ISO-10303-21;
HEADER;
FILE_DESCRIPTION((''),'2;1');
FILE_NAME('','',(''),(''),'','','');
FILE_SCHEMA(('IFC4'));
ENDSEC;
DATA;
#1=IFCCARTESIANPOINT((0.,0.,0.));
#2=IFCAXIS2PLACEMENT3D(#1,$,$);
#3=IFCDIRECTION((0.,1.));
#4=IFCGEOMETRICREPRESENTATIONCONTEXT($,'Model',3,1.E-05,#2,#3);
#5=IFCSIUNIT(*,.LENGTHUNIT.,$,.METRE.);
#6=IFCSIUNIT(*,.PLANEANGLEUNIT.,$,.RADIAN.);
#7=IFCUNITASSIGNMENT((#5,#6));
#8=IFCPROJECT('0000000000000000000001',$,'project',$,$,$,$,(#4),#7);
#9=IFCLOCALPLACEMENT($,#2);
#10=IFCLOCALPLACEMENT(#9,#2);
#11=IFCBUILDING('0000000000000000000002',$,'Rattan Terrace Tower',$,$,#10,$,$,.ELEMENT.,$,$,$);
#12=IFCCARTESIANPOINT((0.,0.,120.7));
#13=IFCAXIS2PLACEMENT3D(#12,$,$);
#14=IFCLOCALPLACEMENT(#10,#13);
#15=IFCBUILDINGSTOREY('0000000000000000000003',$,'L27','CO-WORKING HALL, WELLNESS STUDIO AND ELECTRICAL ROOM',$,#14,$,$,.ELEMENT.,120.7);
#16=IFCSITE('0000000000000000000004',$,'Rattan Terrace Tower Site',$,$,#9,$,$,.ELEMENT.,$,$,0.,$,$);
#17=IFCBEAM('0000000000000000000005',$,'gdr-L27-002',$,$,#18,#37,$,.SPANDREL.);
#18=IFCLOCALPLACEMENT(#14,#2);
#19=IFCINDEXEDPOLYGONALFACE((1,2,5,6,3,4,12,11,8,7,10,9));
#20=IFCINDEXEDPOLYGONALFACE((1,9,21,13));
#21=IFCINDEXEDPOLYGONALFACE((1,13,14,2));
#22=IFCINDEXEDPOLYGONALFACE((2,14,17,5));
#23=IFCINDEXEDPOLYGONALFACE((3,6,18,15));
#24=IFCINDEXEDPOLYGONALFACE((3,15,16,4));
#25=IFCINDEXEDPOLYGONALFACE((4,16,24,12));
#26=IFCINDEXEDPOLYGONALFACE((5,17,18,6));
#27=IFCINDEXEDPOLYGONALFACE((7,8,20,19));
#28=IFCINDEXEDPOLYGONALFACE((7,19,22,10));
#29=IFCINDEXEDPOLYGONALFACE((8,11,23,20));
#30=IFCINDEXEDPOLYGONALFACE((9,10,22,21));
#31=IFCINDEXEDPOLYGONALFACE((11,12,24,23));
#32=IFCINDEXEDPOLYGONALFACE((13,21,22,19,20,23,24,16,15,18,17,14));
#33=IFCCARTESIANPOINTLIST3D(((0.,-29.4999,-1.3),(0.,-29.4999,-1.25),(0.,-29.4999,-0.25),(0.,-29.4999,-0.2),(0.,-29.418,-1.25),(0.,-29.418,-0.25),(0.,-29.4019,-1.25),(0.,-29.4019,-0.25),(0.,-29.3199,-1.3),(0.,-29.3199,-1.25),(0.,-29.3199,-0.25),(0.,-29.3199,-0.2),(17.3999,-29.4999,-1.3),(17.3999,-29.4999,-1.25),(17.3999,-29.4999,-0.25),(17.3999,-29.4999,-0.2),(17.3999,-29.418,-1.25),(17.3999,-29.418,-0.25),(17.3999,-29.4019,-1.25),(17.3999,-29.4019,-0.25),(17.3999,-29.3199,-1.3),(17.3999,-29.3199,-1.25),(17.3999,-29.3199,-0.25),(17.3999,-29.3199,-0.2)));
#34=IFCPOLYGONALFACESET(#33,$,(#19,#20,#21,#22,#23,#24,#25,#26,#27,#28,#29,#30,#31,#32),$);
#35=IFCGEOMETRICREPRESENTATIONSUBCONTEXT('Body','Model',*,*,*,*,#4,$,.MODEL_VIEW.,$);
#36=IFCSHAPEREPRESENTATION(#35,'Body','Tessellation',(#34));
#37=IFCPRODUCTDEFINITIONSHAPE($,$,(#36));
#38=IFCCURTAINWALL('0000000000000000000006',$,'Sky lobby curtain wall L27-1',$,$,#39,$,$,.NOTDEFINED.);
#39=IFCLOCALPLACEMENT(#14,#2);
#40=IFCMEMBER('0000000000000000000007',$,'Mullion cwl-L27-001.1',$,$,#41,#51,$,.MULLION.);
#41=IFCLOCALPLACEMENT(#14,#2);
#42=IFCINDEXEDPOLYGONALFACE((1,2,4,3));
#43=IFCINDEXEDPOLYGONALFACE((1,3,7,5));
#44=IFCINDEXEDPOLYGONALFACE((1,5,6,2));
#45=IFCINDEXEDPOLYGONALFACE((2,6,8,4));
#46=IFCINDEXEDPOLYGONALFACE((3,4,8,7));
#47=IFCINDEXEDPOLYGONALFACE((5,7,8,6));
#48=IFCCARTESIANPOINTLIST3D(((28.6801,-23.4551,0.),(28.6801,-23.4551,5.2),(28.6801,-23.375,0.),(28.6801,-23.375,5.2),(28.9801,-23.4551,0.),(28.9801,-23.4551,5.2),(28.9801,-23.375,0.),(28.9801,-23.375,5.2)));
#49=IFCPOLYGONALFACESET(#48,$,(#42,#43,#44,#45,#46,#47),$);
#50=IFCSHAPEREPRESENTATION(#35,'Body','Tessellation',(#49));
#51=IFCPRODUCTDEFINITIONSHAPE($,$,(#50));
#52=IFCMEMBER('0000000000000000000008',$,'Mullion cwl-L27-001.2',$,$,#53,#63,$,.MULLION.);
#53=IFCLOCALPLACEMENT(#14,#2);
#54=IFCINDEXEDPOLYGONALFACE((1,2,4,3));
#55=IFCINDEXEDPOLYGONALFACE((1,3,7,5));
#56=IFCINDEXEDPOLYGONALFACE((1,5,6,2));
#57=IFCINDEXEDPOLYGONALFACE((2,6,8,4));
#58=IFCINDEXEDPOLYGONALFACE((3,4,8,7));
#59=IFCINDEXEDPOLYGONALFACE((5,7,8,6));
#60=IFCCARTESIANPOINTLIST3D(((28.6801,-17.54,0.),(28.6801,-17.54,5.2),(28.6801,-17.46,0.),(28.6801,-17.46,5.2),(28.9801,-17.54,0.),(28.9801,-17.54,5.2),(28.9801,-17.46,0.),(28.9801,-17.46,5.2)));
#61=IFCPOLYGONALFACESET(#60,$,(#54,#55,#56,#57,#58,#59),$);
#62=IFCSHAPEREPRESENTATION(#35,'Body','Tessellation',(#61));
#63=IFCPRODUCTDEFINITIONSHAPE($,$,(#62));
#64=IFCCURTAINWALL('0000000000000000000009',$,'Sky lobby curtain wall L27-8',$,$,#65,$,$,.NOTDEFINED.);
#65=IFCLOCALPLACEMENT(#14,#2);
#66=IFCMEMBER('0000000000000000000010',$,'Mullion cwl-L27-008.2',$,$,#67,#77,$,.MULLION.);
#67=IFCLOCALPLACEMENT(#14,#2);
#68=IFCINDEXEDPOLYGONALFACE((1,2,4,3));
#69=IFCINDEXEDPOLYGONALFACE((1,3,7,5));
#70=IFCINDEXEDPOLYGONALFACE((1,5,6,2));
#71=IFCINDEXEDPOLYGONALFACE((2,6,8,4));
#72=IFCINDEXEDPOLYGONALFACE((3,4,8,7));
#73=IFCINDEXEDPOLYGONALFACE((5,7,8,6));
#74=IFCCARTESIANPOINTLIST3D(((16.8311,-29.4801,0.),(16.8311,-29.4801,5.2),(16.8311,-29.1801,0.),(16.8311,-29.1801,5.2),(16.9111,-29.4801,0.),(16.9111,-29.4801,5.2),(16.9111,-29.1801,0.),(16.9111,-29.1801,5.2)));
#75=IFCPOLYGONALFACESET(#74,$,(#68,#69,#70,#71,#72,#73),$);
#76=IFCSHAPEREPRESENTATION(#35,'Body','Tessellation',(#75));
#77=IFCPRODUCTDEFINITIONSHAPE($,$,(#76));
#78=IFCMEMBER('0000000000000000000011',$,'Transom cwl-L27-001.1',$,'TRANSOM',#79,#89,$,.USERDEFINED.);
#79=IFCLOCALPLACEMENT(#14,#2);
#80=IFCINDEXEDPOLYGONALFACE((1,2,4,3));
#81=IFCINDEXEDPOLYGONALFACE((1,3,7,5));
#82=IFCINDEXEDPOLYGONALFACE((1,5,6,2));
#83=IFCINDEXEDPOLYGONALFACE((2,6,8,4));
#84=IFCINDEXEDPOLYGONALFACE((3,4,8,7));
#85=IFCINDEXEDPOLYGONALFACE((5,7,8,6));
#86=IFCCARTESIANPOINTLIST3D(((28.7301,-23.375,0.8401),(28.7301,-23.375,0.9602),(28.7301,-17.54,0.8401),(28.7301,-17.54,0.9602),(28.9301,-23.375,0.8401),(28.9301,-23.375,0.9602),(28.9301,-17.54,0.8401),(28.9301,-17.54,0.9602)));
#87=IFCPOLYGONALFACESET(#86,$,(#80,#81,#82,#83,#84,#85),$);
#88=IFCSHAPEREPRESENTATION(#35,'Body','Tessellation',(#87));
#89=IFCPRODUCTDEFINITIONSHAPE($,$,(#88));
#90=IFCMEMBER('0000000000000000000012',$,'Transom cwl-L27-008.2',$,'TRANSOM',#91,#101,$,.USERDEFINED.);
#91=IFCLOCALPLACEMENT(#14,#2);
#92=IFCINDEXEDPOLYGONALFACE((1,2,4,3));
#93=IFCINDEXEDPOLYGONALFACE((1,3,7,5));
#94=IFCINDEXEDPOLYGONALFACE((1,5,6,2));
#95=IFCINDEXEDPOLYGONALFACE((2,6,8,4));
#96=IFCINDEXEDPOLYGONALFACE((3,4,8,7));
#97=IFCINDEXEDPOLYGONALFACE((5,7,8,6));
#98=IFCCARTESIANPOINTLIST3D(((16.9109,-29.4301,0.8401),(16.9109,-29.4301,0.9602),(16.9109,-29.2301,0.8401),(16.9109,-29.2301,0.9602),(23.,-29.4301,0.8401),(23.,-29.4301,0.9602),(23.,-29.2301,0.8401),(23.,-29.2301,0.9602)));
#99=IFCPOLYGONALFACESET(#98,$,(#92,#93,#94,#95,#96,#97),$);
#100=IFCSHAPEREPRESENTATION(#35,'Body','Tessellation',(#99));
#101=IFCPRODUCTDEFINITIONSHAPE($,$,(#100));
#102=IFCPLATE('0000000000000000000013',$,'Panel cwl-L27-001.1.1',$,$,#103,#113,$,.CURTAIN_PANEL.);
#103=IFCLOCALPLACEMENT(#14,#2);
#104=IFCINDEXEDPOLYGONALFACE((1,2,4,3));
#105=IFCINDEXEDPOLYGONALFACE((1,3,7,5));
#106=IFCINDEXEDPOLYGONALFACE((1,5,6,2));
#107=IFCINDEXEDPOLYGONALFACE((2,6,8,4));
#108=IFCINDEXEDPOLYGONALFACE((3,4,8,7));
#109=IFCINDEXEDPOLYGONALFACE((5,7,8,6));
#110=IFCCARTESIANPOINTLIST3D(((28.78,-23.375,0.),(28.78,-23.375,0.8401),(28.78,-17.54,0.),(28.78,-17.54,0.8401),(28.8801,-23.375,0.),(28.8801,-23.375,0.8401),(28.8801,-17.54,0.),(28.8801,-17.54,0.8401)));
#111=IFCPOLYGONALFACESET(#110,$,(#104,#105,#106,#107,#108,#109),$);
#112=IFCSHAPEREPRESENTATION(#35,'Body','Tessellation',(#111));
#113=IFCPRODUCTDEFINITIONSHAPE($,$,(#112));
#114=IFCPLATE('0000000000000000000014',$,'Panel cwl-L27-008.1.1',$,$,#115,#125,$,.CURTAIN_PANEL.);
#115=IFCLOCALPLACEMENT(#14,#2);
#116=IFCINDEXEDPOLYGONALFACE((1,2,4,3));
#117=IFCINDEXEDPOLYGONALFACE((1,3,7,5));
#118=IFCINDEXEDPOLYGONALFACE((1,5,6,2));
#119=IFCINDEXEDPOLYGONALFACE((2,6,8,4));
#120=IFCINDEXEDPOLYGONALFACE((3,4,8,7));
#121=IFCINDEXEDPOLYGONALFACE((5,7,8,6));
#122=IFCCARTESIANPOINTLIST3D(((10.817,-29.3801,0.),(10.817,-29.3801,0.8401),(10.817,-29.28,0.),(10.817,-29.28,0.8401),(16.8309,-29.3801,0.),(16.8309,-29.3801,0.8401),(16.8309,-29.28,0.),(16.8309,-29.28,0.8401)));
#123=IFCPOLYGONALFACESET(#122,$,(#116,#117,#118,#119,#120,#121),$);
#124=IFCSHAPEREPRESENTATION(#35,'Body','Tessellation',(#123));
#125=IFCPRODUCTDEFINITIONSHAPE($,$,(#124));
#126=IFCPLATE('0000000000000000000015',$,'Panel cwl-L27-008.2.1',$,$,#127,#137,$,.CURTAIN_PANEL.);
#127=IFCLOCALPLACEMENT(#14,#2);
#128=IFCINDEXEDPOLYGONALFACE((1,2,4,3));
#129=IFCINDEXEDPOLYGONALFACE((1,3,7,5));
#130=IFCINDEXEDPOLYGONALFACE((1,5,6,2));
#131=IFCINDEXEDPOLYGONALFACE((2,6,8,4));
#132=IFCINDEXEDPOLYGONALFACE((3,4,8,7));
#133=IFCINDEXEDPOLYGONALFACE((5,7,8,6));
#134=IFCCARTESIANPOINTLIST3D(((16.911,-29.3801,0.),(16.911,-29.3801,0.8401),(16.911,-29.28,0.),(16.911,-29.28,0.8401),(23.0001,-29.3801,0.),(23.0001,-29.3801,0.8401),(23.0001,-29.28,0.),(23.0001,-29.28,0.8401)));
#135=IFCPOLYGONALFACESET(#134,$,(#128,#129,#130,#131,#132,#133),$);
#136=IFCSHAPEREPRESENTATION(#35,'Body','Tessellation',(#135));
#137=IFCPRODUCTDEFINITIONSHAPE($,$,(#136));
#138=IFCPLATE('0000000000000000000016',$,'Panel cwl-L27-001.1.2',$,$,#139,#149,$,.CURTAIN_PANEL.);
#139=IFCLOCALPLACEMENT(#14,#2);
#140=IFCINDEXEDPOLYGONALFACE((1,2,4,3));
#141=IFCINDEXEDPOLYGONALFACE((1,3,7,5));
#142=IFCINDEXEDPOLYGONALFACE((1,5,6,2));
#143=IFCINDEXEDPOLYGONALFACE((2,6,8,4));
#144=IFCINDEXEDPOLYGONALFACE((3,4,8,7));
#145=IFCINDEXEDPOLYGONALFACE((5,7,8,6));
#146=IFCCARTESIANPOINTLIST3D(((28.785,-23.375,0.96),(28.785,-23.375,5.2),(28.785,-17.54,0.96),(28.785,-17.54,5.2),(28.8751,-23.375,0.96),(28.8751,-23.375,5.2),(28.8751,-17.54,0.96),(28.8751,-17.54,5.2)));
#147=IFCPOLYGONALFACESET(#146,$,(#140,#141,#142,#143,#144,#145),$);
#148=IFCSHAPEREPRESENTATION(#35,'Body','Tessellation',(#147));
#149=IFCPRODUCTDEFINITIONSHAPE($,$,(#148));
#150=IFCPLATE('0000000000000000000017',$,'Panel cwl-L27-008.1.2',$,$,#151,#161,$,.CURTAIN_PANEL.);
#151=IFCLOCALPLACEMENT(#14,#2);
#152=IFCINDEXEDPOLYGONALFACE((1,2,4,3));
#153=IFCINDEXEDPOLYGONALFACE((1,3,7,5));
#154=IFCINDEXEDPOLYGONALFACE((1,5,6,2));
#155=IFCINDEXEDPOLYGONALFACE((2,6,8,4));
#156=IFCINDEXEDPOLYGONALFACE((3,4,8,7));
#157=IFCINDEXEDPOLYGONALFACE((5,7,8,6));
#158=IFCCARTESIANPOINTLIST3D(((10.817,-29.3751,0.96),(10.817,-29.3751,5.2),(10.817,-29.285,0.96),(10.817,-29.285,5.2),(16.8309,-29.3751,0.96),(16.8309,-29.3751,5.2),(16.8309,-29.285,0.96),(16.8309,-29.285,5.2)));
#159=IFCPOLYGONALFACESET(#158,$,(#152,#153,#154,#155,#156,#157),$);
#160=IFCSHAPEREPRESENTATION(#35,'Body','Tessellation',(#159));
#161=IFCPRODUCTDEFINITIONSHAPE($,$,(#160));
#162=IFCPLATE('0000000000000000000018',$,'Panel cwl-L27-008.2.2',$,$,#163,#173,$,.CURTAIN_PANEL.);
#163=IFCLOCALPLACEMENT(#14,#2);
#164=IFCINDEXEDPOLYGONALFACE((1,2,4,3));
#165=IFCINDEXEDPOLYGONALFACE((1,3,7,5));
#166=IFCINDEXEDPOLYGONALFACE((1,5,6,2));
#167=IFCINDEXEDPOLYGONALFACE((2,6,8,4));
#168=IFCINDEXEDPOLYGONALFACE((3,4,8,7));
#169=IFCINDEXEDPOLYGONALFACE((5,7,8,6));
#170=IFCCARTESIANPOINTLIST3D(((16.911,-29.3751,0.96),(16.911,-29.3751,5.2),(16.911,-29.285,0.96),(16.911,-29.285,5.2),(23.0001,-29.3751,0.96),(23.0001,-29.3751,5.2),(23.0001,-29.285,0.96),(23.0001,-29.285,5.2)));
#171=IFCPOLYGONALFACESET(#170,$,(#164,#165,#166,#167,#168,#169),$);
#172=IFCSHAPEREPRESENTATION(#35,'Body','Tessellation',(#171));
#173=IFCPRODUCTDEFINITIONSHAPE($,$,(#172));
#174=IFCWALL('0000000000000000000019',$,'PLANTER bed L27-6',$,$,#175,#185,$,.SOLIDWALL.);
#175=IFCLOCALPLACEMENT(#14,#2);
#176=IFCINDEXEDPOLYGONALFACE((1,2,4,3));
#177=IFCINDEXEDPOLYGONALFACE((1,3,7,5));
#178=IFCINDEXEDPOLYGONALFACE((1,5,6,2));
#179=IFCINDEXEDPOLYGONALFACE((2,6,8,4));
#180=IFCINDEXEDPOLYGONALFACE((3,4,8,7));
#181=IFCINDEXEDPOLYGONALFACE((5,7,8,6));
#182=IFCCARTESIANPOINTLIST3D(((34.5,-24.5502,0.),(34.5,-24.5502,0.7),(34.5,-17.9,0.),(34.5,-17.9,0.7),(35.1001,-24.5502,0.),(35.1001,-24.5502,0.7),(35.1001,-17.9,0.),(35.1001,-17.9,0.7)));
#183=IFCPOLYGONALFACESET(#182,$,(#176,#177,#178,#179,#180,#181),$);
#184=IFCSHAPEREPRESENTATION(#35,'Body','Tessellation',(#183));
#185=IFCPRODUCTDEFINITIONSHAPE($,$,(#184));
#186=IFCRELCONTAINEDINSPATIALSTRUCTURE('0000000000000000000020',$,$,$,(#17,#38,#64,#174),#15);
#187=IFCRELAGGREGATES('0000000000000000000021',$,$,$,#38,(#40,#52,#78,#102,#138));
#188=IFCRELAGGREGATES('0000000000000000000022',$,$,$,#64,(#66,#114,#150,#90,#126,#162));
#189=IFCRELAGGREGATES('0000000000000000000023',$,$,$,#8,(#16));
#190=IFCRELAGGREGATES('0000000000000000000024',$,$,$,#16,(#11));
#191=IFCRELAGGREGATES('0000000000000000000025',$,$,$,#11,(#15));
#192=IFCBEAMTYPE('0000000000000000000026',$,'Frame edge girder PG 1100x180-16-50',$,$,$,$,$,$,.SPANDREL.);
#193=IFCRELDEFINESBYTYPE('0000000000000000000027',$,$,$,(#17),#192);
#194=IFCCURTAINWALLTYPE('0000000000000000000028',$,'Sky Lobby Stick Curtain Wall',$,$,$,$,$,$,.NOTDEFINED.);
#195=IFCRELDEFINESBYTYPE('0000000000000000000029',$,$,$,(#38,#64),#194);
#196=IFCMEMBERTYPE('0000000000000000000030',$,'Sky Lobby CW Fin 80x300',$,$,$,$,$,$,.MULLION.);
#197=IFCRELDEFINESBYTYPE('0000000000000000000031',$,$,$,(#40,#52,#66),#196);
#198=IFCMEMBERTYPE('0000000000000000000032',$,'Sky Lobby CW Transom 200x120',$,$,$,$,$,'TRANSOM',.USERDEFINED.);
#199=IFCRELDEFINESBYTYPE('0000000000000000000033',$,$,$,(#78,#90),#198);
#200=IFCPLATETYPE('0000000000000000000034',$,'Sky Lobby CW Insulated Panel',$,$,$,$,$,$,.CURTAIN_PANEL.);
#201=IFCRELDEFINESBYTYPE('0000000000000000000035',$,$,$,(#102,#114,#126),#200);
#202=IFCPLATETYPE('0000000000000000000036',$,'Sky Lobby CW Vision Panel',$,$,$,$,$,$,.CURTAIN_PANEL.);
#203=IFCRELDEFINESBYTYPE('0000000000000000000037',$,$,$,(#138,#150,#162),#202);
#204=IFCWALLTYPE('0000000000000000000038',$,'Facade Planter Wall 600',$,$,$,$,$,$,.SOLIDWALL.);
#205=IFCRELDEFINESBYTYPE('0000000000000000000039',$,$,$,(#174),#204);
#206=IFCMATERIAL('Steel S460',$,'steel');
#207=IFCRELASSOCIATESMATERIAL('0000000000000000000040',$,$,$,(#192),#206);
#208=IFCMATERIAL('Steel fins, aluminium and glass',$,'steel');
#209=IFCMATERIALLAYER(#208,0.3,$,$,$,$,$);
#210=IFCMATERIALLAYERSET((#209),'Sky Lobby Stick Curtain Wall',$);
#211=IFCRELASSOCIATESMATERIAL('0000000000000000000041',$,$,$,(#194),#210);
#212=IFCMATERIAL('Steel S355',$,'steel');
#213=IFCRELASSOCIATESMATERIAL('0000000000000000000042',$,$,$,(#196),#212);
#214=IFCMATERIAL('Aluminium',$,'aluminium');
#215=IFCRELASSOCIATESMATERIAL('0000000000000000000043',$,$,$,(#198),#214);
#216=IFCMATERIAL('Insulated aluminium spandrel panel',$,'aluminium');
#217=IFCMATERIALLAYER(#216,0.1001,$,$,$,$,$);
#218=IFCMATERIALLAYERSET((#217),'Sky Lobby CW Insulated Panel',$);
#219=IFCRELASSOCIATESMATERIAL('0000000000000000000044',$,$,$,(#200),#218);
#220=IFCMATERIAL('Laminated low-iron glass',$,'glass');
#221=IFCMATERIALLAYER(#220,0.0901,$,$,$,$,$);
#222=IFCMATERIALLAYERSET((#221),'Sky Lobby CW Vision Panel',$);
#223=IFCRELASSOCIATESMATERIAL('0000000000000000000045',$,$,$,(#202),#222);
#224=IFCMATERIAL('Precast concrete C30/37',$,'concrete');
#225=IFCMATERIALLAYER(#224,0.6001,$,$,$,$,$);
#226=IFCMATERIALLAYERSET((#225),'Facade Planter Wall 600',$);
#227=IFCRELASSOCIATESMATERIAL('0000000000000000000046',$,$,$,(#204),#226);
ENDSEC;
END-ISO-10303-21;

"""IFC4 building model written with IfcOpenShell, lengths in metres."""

from ifc_helpers import new_model, si_unit, direction, frame, frame_2d, origin, origin_2d, place, context, subcontext, project, spatial, rectangle, i_section, extrude, material, layer, layer_set, material_profile, profile_set, type_object, element, aggregate, save


model = new_model("IFC4")

# Units and contexts
model_context = context("Model", 3, precision=1e-05, world=origin(), true_north=direction((0.0, 1.0)))
body_context = subcontext(model_context, "Body", "Model", "MODEL_VIEW")
ifc_project = project(units=[si_unit("LENGTHUNIT", "METRE"), si_unit("PLANEANGLEUNIT", "RADIAN")], contexts=[model_context])

# Site, building, storey
site_placement = place(None, origin())
site = spatial("IfcSite", under=ifc_project, at=site_placement, Name="Rattan Terrace Tower Site", CompositionType="ELEMENT", RefElevation=0.0)
building_placement = place(site_placement, origin())
building = spatial("IfcBuilding", under=site, at=building_placement, Name="Rattan Terrace Tower", CompositionType="ELEMENT")
storey_placement = place(building_placement, frame((0.0, 0.0, 120.7)))
storey = spatial("IfcBuildingStorey", under=building, at=storey_placement, Name="L27", Description="CO-WORKING HALL, WELLNESS STUDIO AND ELECTRICAL ROOM", CompositionType="ELEMENT", Elevation=120.7)

# Beam
ifc_material_1 = material(Name="Steel S460", Category="steel")
ifc_material_profile_1 = material_profile(ifc_material_1, i_section(OverallWidth=0.1799, OverallDepth=1.1001, WebThickness=0.0161, FlangeThickness=0.05, at=origin_2d()), Name="PG 1100x180-16-50")
ifc_profile_set_1 = profile_set([ifc_material_profile_1], Name="Steel S460")
beam_type = type_object("IfcBeamType", Name="Frame edge girder PG 1100x180-16-50", PredefinedType="SPANDREL", material=ifc_profile_set_1)
beam_placement = place(storey_placement, frame((17.3999, -29.4099, -0.75), z_axis=(-1.0, 0.0, 0.0), x_axis=(0.0, -1.0, 0.0)))
element("IfcBeam", 1, at=beam_placement, inside=storey, type_object=beam_type, Name="gdr-L27-002", PredefinedType="SPANDREL", context=body_context, shape_type="SweptSolid", body=[
    extrude(i_section(OverallWidth=0.1799, OverallDepth=1.1001, WebThickness=0.0161, FlangeThickness=0.05, at=origin_2d()), origin(), (0.0, 0.0, 1.0), 17.3999),
])

# Curtain wall, members
ifc_material_2 = material(Name="Steel fins, aluminium and glass", Category="steel")
ifc_layer_1 = layer(ifc_material_2, 0.3)
ifc_layer_set_1 = layer_set([ifc_layer_1], Name="Sky Lobby Stick Curtain Wall")
curtain_wall_type = type_object("IfcCurtainWallType", Name="Sky Lobby Stick Curtain Wall", PredefinedType="NOTDEFINED", material=ifc_layer_set_1)
curtain_wall_1_placement = place(storey_placement, origin())
curtain_wall_1 = element("IfcCurtainWall", 2, at=curtain_wall_1_placement, inside=storey, type_object=curtain_wall_type, Name="Sky lobby curtain wall L27-1", PredefinedType="NOTDEFINED")
ifc_material_3 = material(Name="Steel S355", Category="steel")
ifc_material_profile_2 = material_profile(ifc_material_3, rectangle(XDim=0.0801, YDim=0.3, at=origin_2d()), Name="Steel S355 80x300")
ifc_profile_set_2 = profile_set([ifc_material_profile_2], Name="Steel S355")
member_type_1 = type_object("IfcMemberType", Name="Sky Lobby CW Fin 80x300", PredefinedType="MULLION", material=ifc_profile_set_2)
member_1_placement = place(storey_placement, frame((28.8301, -23.415, 0.0), z_axis=(0.0, 0.0, 1.0), x_axis=(0.0, 1.0, 0.0)))
member_1 = element("IfcMember", 3, at=member_1_placement, type_object=member_type_1, Name="Mullion cwl-L27-001.1", PredefinedType="MULLION", context=body_context, shape_type="SweptSolid", body=[
    extrude(rectangle(XDim=0.0801, YDim=0.3, at=origin_2d()), origin(), (0.0, 0.0, 1.0), 5.2),
])
member_2_placement = place(storey_placement, frame((28.8301, -17.5, 0.0), z_axis=(0.0, 0.0, 1.0), x_axis=(0.0, 1.0, 0.0)))
member_2 = element("IfcMember", 4, at=member_2_placement, type_object=member_type_1, Name="Mullion cwl-L27-001.2", PredefinedType="MULLION", context=body_context, shape_type="SweptSolid", body=[
    extrude(rectangle(XDim=0.0801, YDim=0.3, at=origin_2d()), origin(), (0.0, 0.0, 1.0), 5.2),
])

# Curtain wall, member
curtain_wall_2_placement = place(storey_placement, origin())
curtain_wall_2 = element("IfcCurtainWall", 5, at=curtain_wall_2_placement, inside=storey, type_object=curtain_wall_type, Name="Sky lobby curtain wall L27-8", PredefinedType="NOTDEFINED")
member_3_placement = place(storey_placement, frame((16.8711, -29.3301, 0.0), z_axis=(0.0, 0.0, 1.0), x_axis=(1.0, 0.0, 0.0)))
member_3 = element("IfcMember", 6, at=member_3_placement, type_object=member_type_1, Name="Mullion cwl-L27-008.2", PredefinedType="MULLION", context=body_context, shape_type="SweptSolid", body=[
    extrude(rectangle(XDim=0.0801, YDim=0.3, at=origin_2d()), origin(), (0.0, 0.0, 1.0), 5.2),
])

# Members
ifc_material_4 = material(Name="Aluminium", Category="aluminium")
ifc_material_profile_3 = material_profile(ifc_material_4, rectangle(XDim=0.2, YDim=0.1201, at=origin_2d()), Name="Aluminium 200x120")
ifc_profile_set_3 = profile_set([ifc_material_profile_3], Name="Aluminium")
member_type_2 = type_object("IfcMemberType", Name="Sky Lobby CW Transom 200x120", ElementType="TRANSOM", PredefinedType="USERDEFINED", material=ifc_profile_set_3)
member_4_placement = place(storey_placement, frame((28.8301, -23.375, 0.9001), z_axis=(0.0, 1.0, 0.0), x_axis=(-1.0, 0.0, 0.0)))
member_4 = element("IfcMember", 7, at=member_4_placement, type_object=member_type_2, Name="Transom cwl-L27-001.1", ObjectType="TRANSOM", PredefinedType="USERDEFINED", context=body_context, shape_type="SweptSolid", body=[
    extrude(rectangle(XDim=0.2, YDim=0.1201, at=origin_2d()), origin(), (0.0, 0.0, 1.0), 5.835),
])
member_5_placement = place(storey_placement, frame((16.9109, -29.3301, 0.9001), z_axis=(1.0, 0.0, 0.0), x_axis=(0.0, 1.0, 0.0)))
member_5 = element("IfcMember", 8, at=member_5_placement, type_object=member_type_2, Name="Transom cwl-L27-008.2", ObjectType="TRANSOM", PredefinedType="USERDEFINED", context=body_context, shape_type="SweptSolid", body=[
    extrude(rectangle(XDim=0.2, YDim=0.1201, at=origin_2d()), origin(), (0.0, 0.0, 1.0), 6.0891),
])

# Plates
ifc_material_5 = material(Name="Insulated aluminium spandrel panel", Category="aluminium")
ifc_layer_2 = layer(ifc_material_5, 0.1001)
ifc_layer_set_2 = layer_set([ifc_layer_2], Name="Sky Lobby CW Insulated Panel")
plate_type_1 = type_object("IfcPlateType", Name="Sky Lobby CW Insulated Panel", PredefinedType="CURTAIN_PANEL", material=ifc_layer_set_2)
plate_1_placement = place(storey_placement, frame((28.8301, -20.4575, 0.0), z_axis=(0.0, 0.0, 1.0), x_axis=(0.0, 1.0, 0.0)))
plate_1 = element("IfcPlate", 9, at=plate_1_placement, type_object=plate_type_1, Name="Panel cwl-L27-001.1.1", PredefinedType="CURTAIN_PANEL", context=body_context, shape_type="SweptSolid", body=[
    extrude(rectangle(XDim=5.835, YDim=0.1001, at=origin_2d()), origin(), (0.0, 0.0, 1.0), 0.8401),
])
plate_2_placement = place(storey_placement, frame((13.824, -29.3301, 0.0), z_axis=(0.0, 0.0, 1.0), x_axis=(1.0, 0.0, 0.0)))
plate_2 = element("IfcPlate", 10, at=plate_2_placement, type_object=plate_type_1, Name="Panel cwl-L27-008.1.1", PredefinedType="CURTAIN_PANEL", context=body_context, shape_type="SweptSolid", body=[
    extrude(rectangle(XDim=6.0139, YDim=0.1001, at=origin_2d()), origin(), (0.0, 0.0, 1.0), 0.8401),
])
plate_3_placement = place(storey_placement, frame((19.9556, -29.3301, 0.0), z_axis=(0.0, 0.0, 1.0), x_axis=(1.0, 0.0, 0.0)))
plate_3 = element("IfcPlate", 11, at=plate_3_placement, type_object=plate_type_1, Name="Panel cwl-L27-008.2.1", PredefinedType="CURTAIN_PANEL", context=body_context, shape_type="SweptSolid", body=[
    extrude(rectangle(XDim=6.0891, YDim=0.1001, at=origin_2d()), origin(), (0.0, 0.0, 1.0), 0.8401),
])
ifc_material_6 = material(Name="Laminated low-iron glass", Category="glass")
ifc_layer_3 = layer(ifc_material_6, 0.0901)
ifc_layer_set_3 = layer_set([ifc_layer_3], Name="Sky Lobby CW Vision Panel")
plate_type_2 = type_object("IfcPlateType", Name="Sky Lobby CW Vision Panel", PredefinedType="CURTAIN_PANEL", material=ifc_layer_set_3)
plate_4_placement = place(storey_placement, frame((28.8301, -20.4575, 0.96), z_axis=(0.0, 0.0, 1.0), x_axis=(0.0, 1.0, 0.0)))
plate_4 = element("IfcPlate", 12, at=plate_4_placement, type_object=plate_type_2, Name="Panel cwl-L27-001.1.2", PredefinedType="CURTAIN_PANEL", context=body_context, shape_type="SweptSolid", body=[
    extrude(rectangle(XDim=5.835, YDim=0.0901, at=origin_2d()), origin(), (0.0, 0.0, 1.0), 4.24),
])
aggregate(curtain_wall_1, [member_1, member_2, member_4, plate_1, plate_4])
plate_5_placement = place(storey_placement, frame((13.824, -29.3301, 0.96), z_axis=(0.0, 0.0, 1.0), x_axis=(1.0, 0.0, 0.0)))
plate_5 = element("IfcPlate", 13, at=plate_5_placement, type_object=plate_type_2, Name="Panel cwl-L27-008.1.2", PredefinedType="CURTAIN_PANEL", context=body_context, shape_type="SweptSolid", body=[
    extrude(rectangle(XDim=6.0139, YDim=0.0901, at=origin_2d()), origin(), (0.0, 0.0, 1.0), 4.24),
])
plate_6_placement = place(storey_placement, frame((19.9556, -29.3301, 0.96), z_axis=(0.0, 0.0, 1.0), x_axis=(1.0, 0.0, 0.0)))
plate_6 = element("IfcPlate", 14, at=plate_6_placement, type_object=plate_type_2, Name="Panel cwl-L27-008.2.2", PredefinedType="CURTAIN_PANEL", context=body_context, shape_type="SweptSolid", body=[
    extrude(rectangle(XDim=6.0891, YDim=0.0901, at=origin_2d()), origin(), (0.0, 0.0, 1.0), 4.24),
])
aggregate(curtain_wall_2, [member_3, plate_2, plate_5, member_5, plate_3, plate_6])

# Wall
ifc_material_7 = material(Name="Precast concrete C30/37", Category="concrete")
ifc_layer_4 = layer(ifc_material_7, 0.6001)
ifc_layer_set_4 = layer_set([ifc_layer_4], Name="Facade Planter Wall 600")
wall_type_1 = type_object("IfcWallType", Name="Facade Planter Wall 600", PredefinedType="SOLIDWALL", material=ifc_layer_set_4)
wall_1_placement = place(storey_placement, frame((34.8, -17.8999, 0.0), z_axis=(0.0, 0.0, 1.0), x_axis=(0.0, -1.0, 0.0)))
element("IfcWall", 15, at=wall_1_placement, inside=storey, type_object=wall_type_1, Name="PLANTER bed L27-6", PredefinedType="SOLIDWALL", context=body_context, shape_type="SweptSolid", body=[
    extrude(rectangle(XDim=6.6501, YDim=0.6001, at=frame_2d((3.3252, 0.0))), origin(), (0.0, 0.0, 1.0), 0.7),
])

save(model, "model.ifc")
